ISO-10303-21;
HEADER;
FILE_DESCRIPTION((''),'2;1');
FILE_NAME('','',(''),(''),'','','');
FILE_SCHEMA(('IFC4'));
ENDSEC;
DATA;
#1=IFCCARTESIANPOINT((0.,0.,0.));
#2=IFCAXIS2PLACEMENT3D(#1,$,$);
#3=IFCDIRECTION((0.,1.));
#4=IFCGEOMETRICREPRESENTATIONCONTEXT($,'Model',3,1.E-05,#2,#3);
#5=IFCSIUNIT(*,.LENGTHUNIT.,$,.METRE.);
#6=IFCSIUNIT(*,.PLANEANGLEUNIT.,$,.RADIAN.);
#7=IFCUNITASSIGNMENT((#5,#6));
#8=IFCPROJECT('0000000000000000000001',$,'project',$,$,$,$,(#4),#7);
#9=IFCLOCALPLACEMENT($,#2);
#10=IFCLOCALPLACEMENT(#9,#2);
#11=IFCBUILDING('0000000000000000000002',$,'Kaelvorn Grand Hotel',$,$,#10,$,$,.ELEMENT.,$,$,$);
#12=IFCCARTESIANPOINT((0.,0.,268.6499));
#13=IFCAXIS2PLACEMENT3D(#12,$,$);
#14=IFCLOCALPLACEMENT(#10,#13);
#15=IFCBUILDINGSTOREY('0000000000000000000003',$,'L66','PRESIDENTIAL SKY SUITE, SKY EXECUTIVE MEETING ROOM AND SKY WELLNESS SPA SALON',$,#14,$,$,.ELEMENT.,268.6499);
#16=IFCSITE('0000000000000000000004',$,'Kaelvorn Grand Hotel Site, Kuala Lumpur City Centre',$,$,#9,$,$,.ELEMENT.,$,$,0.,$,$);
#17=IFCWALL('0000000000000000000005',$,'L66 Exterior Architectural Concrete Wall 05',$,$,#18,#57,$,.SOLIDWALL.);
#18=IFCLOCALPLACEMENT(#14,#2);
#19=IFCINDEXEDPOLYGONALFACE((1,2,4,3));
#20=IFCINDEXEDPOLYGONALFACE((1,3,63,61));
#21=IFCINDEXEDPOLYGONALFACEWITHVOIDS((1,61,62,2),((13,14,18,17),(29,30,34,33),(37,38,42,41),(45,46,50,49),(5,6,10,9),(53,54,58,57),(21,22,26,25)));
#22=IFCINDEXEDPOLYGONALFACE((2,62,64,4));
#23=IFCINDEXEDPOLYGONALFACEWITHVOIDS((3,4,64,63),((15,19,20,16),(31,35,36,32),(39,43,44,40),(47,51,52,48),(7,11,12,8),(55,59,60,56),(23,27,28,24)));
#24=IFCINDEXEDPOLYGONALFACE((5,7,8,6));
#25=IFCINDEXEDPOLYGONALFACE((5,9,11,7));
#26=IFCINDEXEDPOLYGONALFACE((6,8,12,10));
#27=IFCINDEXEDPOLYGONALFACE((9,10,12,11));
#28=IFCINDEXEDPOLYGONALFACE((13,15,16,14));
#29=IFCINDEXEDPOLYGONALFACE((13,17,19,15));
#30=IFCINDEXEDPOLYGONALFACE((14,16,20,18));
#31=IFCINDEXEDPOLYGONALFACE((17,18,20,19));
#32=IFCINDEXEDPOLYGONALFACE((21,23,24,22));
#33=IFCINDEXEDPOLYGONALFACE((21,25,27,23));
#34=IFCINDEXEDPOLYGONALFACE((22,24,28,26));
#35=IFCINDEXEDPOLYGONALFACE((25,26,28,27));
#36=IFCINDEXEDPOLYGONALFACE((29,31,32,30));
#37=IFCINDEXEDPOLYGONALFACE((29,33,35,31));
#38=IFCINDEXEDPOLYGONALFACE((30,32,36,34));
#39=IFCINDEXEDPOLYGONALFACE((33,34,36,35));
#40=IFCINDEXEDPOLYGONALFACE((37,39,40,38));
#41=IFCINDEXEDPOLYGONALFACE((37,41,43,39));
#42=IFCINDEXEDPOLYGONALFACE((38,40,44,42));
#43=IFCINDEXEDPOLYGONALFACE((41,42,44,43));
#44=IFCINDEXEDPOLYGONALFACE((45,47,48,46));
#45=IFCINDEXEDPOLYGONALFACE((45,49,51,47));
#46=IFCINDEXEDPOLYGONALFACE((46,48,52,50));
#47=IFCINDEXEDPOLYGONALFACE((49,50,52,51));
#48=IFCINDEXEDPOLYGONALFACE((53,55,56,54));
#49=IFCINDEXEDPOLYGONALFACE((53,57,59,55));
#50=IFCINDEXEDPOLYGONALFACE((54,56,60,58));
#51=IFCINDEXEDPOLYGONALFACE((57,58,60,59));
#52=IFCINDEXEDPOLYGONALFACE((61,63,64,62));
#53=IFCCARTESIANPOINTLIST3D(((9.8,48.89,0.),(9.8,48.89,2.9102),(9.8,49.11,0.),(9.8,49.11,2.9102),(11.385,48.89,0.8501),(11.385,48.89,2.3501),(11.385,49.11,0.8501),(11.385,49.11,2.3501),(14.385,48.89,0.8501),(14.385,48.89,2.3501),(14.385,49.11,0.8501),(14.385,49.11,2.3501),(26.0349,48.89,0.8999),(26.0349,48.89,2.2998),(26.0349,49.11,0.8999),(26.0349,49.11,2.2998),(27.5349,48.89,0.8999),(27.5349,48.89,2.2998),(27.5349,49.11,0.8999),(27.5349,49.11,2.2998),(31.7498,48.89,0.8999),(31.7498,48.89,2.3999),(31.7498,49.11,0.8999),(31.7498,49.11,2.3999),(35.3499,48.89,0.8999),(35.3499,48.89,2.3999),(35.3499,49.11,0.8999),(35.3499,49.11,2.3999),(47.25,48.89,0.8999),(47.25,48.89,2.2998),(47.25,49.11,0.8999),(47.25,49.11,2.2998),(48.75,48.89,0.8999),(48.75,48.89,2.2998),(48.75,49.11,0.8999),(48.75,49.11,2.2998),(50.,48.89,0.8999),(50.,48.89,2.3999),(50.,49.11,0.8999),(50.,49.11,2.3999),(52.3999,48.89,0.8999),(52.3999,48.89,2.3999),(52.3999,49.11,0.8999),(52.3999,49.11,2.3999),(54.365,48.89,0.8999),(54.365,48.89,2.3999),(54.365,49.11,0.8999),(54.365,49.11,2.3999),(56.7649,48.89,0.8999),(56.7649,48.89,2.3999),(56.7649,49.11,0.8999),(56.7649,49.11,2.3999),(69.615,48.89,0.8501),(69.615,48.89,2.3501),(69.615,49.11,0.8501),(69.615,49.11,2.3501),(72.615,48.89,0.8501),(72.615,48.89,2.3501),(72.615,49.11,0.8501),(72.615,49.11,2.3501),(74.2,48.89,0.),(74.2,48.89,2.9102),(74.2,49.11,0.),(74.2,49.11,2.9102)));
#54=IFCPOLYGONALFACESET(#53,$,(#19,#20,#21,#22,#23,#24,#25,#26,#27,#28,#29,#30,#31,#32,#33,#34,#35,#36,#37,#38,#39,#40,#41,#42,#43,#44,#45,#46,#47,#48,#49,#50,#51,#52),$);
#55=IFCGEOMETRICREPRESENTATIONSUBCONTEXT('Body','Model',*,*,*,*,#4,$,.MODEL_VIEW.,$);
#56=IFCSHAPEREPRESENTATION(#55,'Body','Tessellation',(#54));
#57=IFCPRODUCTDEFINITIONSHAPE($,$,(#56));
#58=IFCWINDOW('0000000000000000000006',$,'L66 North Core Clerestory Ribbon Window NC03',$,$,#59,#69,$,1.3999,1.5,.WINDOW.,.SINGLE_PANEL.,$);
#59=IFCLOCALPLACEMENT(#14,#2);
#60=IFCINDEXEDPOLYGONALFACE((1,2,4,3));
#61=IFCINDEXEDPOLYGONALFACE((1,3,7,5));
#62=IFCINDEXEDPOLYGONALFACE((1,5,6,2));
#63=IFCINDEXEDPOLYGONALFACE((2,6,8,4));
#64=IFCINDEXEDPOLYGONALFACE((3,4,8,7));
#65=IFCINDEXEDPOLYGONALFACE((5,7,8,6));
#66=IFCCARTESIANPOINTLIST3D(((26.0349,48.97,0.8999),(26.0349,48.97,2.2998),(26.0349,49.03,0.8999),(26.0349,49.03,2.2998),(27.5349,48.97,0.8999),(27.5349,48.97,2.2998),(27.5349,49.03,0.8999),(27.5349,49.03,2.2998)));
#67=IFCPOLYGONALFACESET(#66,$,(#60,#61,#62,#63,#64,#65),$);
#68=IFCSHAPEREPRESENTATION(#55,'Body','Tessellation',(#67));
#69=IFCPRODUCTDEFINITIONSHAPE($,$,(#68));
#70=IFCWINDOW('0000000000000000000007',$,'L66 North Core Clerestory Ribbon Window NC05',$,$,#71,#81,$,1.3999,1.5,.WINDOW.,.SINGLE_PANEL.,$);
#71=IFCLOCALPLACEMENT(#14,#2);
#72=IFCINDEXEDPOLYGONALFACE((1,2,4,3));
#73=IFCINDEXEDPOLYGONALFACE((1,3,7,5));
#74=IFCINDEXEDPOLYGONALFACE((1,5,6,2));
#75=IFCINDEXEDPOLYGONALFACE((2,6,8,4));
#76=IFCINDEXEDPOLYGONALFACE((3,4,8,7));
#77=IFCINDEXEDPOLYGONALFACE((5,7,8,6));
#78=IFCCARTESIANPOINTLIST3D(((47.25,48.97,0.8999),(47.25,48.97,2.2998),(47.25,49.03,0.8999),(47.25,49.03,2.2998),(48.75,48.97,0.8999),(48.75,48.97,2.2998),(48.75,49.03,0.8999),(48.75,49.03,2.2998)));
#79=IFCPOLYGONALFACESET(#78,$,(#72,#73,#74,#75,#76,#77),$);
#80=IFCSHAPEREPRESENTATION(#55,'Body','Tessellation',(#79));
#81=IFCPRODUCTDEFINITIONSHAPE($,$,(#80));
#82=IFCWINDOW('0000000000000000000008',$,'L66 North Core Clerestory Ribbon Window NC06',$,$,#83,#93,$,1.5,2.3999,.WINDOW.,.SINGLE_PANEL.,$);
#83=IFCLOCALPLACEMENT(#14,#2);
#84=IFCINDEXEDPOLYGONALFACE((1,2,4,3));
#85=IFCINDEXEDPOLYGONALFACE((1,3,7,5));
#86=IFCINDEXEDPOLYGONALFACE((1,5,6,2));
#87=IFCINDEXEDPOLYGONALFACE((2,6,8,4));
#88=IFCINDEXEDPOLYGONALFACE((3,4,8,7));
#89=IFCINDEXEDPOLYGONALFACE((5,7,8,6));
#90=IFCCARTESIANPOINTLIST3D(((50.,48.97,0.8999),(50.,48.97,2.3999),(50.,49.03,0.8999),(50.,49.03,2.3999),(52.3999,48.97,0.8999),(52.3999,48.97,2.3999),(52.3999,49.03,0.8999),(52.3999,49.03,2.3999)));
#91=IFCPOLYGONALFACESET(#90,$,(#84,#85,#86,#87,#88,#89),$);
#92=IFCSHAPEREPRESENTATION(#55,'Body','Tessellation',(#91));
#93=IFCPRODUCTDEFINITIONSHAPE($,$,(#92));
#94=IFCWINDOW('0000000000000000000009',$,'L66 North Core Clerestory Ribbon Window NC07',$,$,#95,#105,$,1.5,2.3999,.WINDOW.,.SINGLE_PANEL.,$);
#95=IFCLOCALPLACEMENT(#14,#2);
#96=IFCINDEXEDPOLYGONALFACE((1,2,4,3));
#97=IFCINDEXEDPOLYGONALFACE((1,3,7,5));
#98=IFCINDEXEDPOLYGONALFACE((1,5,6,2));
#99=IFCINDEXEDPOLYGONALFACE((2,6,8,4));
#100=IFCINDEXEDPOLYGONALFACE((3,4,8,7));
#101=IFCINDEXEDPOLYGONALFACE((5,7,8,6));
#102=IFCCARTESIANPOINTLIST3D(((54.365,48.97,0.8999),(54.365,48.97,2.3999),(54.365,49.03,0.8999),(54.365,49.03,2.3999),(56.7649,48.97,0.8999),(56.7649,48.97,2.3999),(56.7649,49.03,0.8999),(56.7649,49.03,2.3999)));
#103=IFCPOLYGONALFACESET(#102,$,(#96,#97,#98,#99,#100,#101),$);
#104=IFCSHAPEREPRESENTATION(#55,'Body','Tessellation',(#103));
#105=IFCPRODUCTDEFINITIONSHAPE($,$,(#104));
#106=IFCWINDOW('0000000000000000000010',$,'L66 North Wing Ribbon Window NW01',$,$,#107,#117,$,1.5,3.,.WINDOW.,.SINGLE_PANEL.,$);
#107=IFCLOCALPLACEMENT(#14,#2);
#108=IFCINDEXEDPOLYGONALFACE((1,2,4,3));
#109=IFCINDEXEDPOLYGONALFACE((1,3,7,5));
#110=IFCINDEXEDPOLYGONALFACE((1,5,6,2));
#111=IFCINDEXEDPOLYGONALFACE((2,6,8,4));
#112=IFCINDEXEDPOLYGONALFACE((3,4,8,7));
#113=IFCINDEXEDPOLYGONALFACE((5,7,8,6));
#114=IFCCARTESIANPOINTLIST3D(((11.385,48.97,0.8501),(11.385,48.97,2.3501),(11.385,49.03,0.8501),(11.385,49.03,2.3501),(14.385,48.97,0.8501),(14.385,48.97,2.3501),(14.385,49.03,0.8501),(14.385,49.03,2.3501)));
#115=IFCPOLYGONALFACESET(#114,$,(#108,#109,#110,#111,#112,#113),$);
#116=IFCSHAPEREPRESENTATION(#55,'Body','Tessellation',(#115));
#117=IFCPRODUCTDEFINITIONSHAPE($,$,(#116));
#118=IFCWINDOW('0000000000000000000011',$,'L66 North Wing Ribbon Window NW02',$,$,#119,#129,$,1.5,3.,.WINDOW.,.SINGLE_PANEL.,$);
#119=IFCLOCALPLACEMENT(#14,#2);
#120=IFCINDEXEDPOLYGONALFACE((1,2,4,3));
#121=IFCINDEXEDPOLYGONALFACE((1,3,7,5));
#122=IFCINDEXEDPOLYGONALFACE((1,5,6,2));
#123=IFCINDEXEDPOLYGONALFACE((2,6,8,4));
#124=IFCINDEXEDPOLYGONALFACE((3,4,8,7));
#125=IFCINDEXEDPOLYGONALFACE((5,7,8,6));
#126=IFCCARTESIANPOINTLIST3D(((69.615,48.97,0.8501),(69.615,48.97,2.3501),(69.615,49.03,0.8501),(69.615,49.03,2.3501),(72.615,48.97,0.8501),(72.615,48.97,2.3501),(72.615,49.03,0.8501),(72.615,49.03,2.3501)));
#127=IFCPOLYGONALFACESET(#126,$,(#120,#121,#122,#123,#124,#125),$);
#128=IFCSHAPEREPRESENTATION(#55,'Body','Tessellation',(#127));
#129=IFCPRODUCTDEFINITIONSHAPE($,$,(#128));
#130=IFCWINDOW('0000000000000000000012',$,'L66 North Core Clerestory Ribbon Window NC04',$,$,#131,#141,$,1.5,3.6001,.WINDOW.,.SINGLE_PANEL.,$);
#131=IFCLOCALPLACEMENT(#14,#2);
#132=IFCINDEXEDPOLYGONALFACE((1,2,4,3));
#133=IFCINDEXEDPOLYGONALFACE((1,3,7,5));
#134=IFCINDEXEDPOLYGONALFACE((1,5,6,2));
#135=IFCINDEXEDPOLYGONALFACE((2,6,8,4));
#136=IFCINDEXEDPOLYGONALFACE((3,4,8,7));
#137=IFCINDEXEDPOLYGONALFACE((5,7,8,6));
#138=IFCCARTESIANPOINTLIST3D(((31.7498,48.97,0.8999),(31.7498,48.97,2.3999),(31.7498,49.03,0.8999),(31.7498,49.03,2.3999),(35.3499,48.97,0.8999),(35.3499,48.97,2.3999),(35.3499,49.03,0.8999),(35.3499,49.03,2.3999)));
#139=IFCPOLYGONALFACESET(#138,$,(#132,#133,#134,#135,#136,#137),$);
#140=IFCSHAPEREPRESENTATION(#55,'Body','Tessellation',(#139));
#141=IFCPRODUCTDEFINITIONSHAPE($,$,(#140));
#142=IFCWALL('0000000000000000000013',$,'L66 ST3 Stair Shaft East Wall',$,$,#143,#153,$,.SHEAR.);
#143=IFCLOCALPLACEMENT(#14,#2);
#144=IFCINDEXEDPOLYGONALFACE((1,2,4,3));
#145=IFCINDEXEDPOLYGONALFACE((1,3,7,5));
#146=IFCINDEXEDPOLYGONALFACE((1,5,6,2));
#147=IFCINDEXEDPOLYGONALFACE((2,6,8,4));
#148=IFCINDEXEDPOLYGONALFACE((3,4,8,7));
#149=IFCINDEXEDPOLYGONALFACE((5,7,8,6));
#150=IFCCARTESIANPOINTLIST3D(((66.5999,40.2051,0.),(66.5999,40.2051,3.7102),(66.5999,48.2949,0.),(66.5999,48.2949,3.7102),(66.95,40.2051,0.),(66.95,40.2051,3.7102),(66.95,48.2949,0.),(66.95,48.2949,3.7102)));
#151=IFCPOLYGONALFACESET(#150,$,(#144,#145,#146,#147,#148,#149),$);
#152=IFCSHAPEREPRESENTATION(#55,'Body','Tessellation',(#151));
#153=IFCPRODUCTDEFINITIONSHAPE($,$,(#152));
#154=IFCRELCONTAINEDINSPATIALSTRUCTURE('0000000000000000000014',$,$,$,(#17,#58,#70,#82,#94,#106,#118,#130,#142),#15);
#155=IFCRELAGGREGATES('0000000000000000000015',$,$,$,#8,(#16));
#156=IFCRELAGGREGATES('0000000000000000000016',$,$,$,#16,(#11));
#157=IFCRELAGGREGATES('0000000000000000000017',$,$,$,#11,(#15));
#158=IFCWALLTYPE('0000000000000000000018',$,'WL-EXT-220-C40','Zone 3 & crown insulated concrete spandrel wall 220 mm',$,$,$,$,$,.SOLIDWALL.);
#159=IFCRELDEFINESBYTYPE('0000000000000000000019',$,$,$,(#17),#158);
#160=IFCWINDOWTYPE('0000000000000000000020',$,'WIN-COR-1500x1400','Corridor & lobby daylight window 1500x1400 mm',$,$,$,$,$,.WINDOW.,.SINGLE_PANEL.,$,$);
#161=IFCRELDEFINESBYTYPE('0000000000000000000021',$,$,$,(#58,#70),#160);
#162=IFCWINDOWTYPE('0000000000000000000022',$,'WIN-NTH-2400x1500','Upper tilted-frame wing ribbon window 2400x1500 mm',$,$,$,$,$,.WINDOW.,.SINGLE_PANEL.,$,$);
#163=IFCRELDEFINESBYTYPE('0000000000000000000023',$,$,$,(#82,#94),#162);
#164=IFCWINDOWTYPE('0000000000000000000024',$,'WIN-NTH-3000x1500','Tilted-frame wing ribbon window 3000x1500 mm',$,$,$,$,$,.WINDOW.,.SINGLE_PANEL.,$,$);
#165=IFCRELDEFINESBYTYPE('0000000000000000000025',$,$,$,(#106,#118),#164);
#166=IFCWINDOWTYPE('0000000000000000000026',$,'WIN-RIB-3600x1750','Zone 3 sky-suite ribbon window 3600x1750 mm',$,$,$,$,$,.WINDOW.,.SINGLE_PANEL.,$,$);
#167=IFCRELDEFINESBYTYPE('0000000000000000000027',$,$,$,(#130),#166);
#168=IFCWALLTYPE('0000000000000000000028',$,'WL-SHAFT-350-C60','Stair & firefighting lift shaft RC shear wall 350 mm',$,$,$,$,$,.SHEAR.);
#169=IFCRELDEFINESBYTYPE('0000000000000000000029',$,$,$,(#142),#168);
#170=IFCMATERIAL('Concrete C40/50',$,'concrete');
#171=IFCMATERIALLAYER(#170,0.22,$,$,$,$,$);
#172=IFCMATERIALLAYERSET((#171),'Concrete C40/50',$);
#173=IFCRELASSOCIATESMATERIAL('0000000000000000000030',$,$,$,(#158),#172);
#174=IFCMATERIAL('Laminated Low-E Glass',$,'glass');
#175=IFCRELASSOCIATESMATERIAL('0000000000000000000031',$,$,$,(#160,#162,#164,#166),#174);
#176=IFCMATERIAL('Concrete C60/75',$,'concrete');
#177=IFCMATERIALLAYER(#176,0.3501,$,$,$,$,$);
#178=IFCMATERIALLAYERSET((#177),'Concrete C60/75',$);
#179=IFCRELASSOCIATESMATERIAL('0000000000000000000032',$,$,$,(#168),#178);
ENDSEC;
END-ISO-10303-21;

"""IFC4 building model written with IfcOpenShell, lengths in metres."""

from ifc_helpers import new_model, si_unit, direction, frame, frame_2d, origin, place, context, subcontext, project, spatial, rectangle, extrude, material, layer, layer_set, type_object, element, fill, save


model = new_model("IFC4")

# Units and contexts
model_context = context("Model", 3, precision=1e-05, world=origin(), true_north=direction((0.0, 1.0)))
body_context = subcontext(model_context, "Body", "Model", "MODEL_VIEW")
ifc_project = project(units=[si_unit("LENGTHUNIT", "METRE"), si_unit("PLANEANGLEUNIT", "RADIAN")], contexts=[model_context])

# Site, building, storey
site_placement = place(None, origin())
site = spatial("IfcSite", under=ifc_project, at=site_placement, Name="Kaelvorn Grand Hotel Site, Kuala Lumpur City Centre", CompositionType="ELEMENT", RefElevation=0.0)
building_placement = place(site_placement, origin())
building = spatial("IfcBuilding", under=site, at=building_placement, Name="Kaelvorn Grand Hotel", CompositionType="ELEMENT")
storey_placement = place(building_placement, frame((0.0, 0.0, 268.6499)))
storey = spatial("IfcBuildingStorey", under=building, at=storey_placement, Name="L66", Description="PRESIDENTIAL SKY SUITE, SKY EXECUTIVE MEETING ROOM AND SKY WELLNESS SPA SALON", CompositionType="ELEMENT", Elevation=268.6499)

# Shared definitions
ifc_material_1 = material(Name="Concrete C60/75", Category="concrete")

# Shared definitions
ifc_material_2 = material(Name="Concrete C40/50", Category="concrete")
ifc_layer_1 = layer(ifc_material_2, 0.22)
ifc_layer_set_1 = layer_set([ifc_layer_1], Name="Concrete C40/50")
wall_type_1 = type_object("IfcWallType", Name="WL-EXT-220-C40", Description="Zone 3 & crown insulated concrete spandrel wall 220 mm", PredefinedType="SOLIDWALL", material=ifc_layer_set_1)
ifc_material_3 = material(Name="Laminated Low-E Glass", Category="glass")

# Wall, openings, windows
wall_1_placement = place(storey_placement, frame((74.2, 49.0, 0.0), z_axis=(0.0, 0.0, 1.0), x_axis=(-1.0, 0.0, 0.0)))
wall_1 = element("IfcWall", 1, at=wall_1_placement, inside=storey, type_object=wall_type_1, Name="L66 Exterior Architectural Concrete Wall 05", PredefinedType="SOLIDWALL", context=body_context, shape_type="SweptSolid", body=[
    extrude(rectangle(XDim=64.3999, YDim=0.22, at=frame_2d((32.2, 0.0))), origin(), (0.0, 0.0, 1.0), 2.9102),
])
opening_1_placement = place(wall_1_placement, frame((59.8149, 0.0, 0.8501)))
opening_1 = element("IfcOpeningElement", 2, at=opening_1_placement, cuts=wall_1, PredefinedType="OPENING", context=body_context, shape_type="SweptSolid", body=[
    extrude(rectangle(XDim=3.0, YDim=1.5, at=frame_2d((1.5, 0.75))), frame((0.0, 0.1201, 0.0), z_axis=(0.0, -1.0, 0.0), x_axis=(1.0, 0.0, 0.0)), (0.0, 0.0, 1.0), 0.24),
])
opening_2_placement = place(wall_1_placement, frame((1.585, 0.0, 0.8501)))
opening_2 = element("IfcOpeningElement", 3, at=opening_2_placement, cuts=wall_1, PredefinedType="OPENING", context=body_context, shape_type="SweptSolid", body=[
    extrude(rectangle(XDim=3.0, YDim=1.5, at=frame_2d((1.5, 0.75))), frame((0.0, 0.1201, 0.0), z_axis=(0.0, -1.0, 0.0), x_axis=(1.0, 0.0, 0.0)), (0.0, 0.0, 1.0), 0.24),
])
opening_3_placement = place(wall_1_placement, frame((46.665, 0.0, 0.8999)))
opening_3 = element("IfcOpeningElement", 4, at=opening_3_placement, cuts=wall_1, PredefinedType="OPENING", context=body_context, shape_type="SweptSolid", body=[
    extrude(rectangle(XDim=1.5, YDim=1.3999, at=frame_2d((0.75, 0.7))), frame((0.0, 0.1201, 0.0), z_axis=(0.0, -1.0, 0.0), x_axis=(1.0, 0.0, 0.0)), (0.0, 0.0, 1.0), 0.24),
])
opening_4_placement = place(wall_1_placement, frame((38.8501, 0.0, 0.8999)))
opening_4 = element("IfcOpeningElement", 5, at=opening_4_placement, cuts=wall_1, PredefinedType="OPENING", context=body_context, shape_type="SweptSolid", body=[
    extrude(rectangle(XDim=3.6001, YDim=1.5, at=frame_2d((1.8, 0.75))), frame((0.0, 0.1201, 0.0), z_axis=(0.0, -1.0, 0.0), x_axis=(1.0, 0.0, 0.0)), (0.0, 0.0, 1.0), 0.24),
])
opening_5_placement = place(wall_1_placement, frame((25.45, 0.0, 0.8999)))
opening_5 = element("IfcOpeningElement", 6, at=opening_5_placement, cuts=wall_1, PredefinedType="OPENING", context=body_context, shape_type="SweptSolid", body=[
    extrude(rectangle(XDim=1.5, YDim=1.3999, at=frame_2d((0.75, 0.7))), frame((0.0, 0.1201, 0.0), z_axis=(0.0, -1.0, 0.0), x_axis=(1.0, 0.0, 0.0)), (0.0, 0.0, 1.0), 0.24),
])
opening_6_placement = place(wall_1_placement, frame((21.8, 0.0, 0.8999)))
opening_6 = element("IfcOpeningElement", 7, at=opening_6_placement, cuts=wall_1, PredefinedType="OPENING", context=body_context, shape_type="SweptSolid", body=[
    extrude(rectangle(XDim=2.3999, YDim=1.5, at=frame_2d((1.2, 0.75))), frame((0.0, 0.1201, 0.0), z_axis=(0.0, -1.0, 0.0), x_axis=(1.0, 0.0, 0.0)), (0.0, 0.0, 1.0), 0.24),
])
opening_7_placement = place(wall_1_placement, frame((17.4351, 0.0, 0.8999)))
opening_7 = element("IfcOpeningElement", 8, at=opening_7_placement, cuts=wall_1, PredefinedType="OPENING", context=body_context, shape_type="SweptSolid", body=[
    extrude(rectangle(XDim=2.3999, YDim=1.5, at=frame_2d((1.2, 0.75))), frame((0.0, 0.1201, 0.0), z_axis=(0.0, -1.0, 0.0), x_axis=(1.0, 0.0, 0.0)), (0.0, 0.0, 1.0), 0.24),
])
window_type_1 = type_object("IfcWindowType", Name="WIN-COR-1500x1400", Description="Corridor & lobby daylight window 1500x1400 mm", PartitioningType="SINGLE_PANEL", PredefinedType="WINDOW", material=ifc_material_3)
window_1_placement = place(opening_3_placement, origin())
window_1 = element("IfcWindow", 9, at=window_1_placement, inside=storey, type_object=window_type_1, Name="L66 North Core Clerestory Ribbon Window NC03", OverallHeight=1.3999, OverallWidth=1.5, PartitioningType="SINGLE_PANEL", PredefinedType="WINDOW", context=body_context, shape_type="SweptSolid", body=[
    extrude(rectangle(XDim=1.5, YDim=1.3999, at=frame_2d((0.75, 0.7))), frame((0.0, 0.03, 0.0), z_axis=(0.0, -1.0, 0.0), x_axis=(1.0, 0.0, 0.0)), (0.0, 0.0, 1.0), 0.0601),
])
fill(opening_3, window_1)
window_2_placement = place(opening_5_placement, origin())
window_2 = element("IfcWindow", 10, at=window_2_placement, inside=storey, type_object=window_type_1, Name="L66 North Core Clerestory Ribbon Window NC05", OverallHeight=1.3999, OverallWidth=1.5, PartitioningType="SINGLE_PANEL", PredefinedType="WINDOW", context=body_context, shape_type="SweptSolid", body=[
    extrude(rectangle(XDim=1.5, YDim=1.3999, at=frame_2d((0.75, 0.7))), frame((0.0, 0.03, 0.0), z_axis=(0.0, -1.0, 0.0), x_axis=(1.0, 0.0, 0.0)), (0.0, 0.0, 1.0), 0.0601),
])
fill(opening_5, window_2)
window_type_2 = type_object("IfcWindowType", Name="WIN-NTH-2400x1500", Description="Upper tilted-frame wing ribbon window 2400x1500 mm", PartitioningType="SINGLE_PANEL", PredefinedType="WINDOW", material=ifc_material_3)
window_3_placement = place(opening_6_placement, origin())
window_3 = element("IfcWindow", 11, at=window_3_placement, inside=storey, type_object=window_type_2, Name="L66 North Core Clerestory Ribbon Window NC06", OverallHeight=1.5, OverallWidth=2.3999, PartitioningType="SINGLE_PANEL", PredefinedType="WINDOW", context=body_context, shape_type="SweptSolid", body=[
    extrude(rectangle(XDim=2.3999, YDim=1.5, at=frame_2d((1.2, 0.75))), frame((0.0, 0.03, 0.0), z_axis=(0.0, -1.0, 0.0), x_axis=(1.0, 0.0, 0.0)), (0.0, 0.0, 1.0), 0.0601),
])
fill(opening_6, window_3)
window_4_placement = place(opening_7_placement, origin())
window_4 = element("IfcWindow", 12, at=window_4_placement, inside=storey, type_object=window_type_2, Name="L66 North Core Clerestory Ribbon Window NC07", OverallHeight=1.5, OverallWidth=2.3999, PartitioningType="SINGLE_PANEL", PredefinedType="WINDOW", context=body_context, shape_type="SweptSolid", body=[
    extrude(rectangle(XDim=2.3999, YDim=1.5, at=frame_2d((1.2, 0.75))), frame((0.0, 0.03, 0.0), z_axis=(0.0, -1.0, 0.0), x_axis=(1.0, 0.0, 0.0)), (0.0, 0.0, 1.0), 0.0601),
])
fill(opening_7, window_4)
window_type_3 = type_object("IfcWindowType", Name="WIN-NTH-3000x1500", Description="Tilted-frame wing ribbon window 3000x1500 mm", PartitioningType="SINGLE_PANEL", PredefinedType="WINDOW", material=ifc_material_3)
window_5_placement = place(opening_1_placement, origin())
window_5 = element("IfcWindow", 13, at=window_5_placement, inside=storey, type_object=window_type_3, Name="L66 North Wing Ribbon Window NW01", OverallHeight=1.5, OverallWidth=3.0, PartitioningType="SINGLE_PANEL", PredefinedType="WINDOW", context=body_context, shape_type="SweptSolid", body=[
    extrude(rectangle(XDim=3.0, YDim=1.5, at=frame_2d((1.5, 0.75))), frame((0.0, 0.03, 0.0), z_axis=(0.0, -1.0, 0.0), x_axis=(1.0, 0.0, 0.0)), (0.0, 0.0, 1.0), 0.0601),
])
fill(opening_1, window_5)
window_6_placement = place(opening_2_placement, origin())
window_6 = element("IfcWindow", 14, at=window_6_placement, inside=storey, type_object=window_type_3, Name="L66 North Wing Ribbon Window NW02", OverallHeight=1.5, OverallWidth=3.0, PartitioningType="SINGLE_PANEL", PredefinedType="WINDOW", context=body_context, shape_type="SweptSolid", body=[
    extrude(rectangle(XDim=3.0, YDim=1.5, at=frame_2d((1.5, 0.75))), frame((0.0, 0.03, 0.0), z_axis=(0.0, -1.0, 0.0), x_axis=(1.0, 0.0, 0.0)), (0.0, 0.0, 1.0), 0.0601),
])
fill(opening_2, window_6)
window_type_4 = type_object("IfcWindowType", Name="WIN-RIB-3600x1750", Description="Zone 3 sky-suite ribbon window 3600x1750 mm", PartitioningType="SINGLE_PANEL", PredefinedType="WINDOW", material=ifc_material_3)
window_7_placement = place(opening_4_placement, origin())
window_7 = element("IfcWindow", 15, at=window_7_placement, inside=storey, type_object=window_type_4, Name="L66 North Core Clerestory Ribbon Window NC04", OverallHeight=1.5, OverallWidth=3.6001, PartitioningType="SINGLE_PANEL", PredefinedType="WINDOW", context=body_context, shape_type="SweptSolid", body=[
    extrude(rectangle(XDim=3.6001, YDim=1.5, at=frame_2d((1.8, 0.75))), frame((0.0, 0.03, 0.0), z_axis=(0.0, -1.0, 0.0), x_axis=(1.0, 0.0, 0.0)), (0.0, 0.0, 1.0), 0.0601),
])
fill(opening_4, window_7)

# Wall
ifc_layer_2 = layer(ifc_material_1, 0.3501)
ifc_layer_set_2 = layer_set([ifc_layer_2], Name="Concrete C60/75")
wall_type_2 = type_object("IfcWallType", Name="WL-SHAFT-350-C60", Description="Stair & firefighting lift shaft RC shear wall 350 mm", PredefinedType="SHEAR", material=ifc_layer_set_2)
wall_2_placement = place(storey_placement, frame((66.7749, 40.2051, 0.0), z_axis=(0.0, 0.0, 1.0), x_axis=(0.0, 1.0, 0.0)))
element("IfcWall", 16, at=wall_2_placement, inside=storey, type_object=wall_type_2, Name="L66 ST3 Stair Shaft East Wall", PredefinedType="SHEAR", context=body_context, shape_type="SweptSolid", body=[
    extrude(rectangle(XDim=8.0898, YDim=0.3501, at=frame_2d((4.0449, 0.0))), origin(), (0.0, 0.0, 1.0), 3.7102),
])

save(model, "model.ifc")
